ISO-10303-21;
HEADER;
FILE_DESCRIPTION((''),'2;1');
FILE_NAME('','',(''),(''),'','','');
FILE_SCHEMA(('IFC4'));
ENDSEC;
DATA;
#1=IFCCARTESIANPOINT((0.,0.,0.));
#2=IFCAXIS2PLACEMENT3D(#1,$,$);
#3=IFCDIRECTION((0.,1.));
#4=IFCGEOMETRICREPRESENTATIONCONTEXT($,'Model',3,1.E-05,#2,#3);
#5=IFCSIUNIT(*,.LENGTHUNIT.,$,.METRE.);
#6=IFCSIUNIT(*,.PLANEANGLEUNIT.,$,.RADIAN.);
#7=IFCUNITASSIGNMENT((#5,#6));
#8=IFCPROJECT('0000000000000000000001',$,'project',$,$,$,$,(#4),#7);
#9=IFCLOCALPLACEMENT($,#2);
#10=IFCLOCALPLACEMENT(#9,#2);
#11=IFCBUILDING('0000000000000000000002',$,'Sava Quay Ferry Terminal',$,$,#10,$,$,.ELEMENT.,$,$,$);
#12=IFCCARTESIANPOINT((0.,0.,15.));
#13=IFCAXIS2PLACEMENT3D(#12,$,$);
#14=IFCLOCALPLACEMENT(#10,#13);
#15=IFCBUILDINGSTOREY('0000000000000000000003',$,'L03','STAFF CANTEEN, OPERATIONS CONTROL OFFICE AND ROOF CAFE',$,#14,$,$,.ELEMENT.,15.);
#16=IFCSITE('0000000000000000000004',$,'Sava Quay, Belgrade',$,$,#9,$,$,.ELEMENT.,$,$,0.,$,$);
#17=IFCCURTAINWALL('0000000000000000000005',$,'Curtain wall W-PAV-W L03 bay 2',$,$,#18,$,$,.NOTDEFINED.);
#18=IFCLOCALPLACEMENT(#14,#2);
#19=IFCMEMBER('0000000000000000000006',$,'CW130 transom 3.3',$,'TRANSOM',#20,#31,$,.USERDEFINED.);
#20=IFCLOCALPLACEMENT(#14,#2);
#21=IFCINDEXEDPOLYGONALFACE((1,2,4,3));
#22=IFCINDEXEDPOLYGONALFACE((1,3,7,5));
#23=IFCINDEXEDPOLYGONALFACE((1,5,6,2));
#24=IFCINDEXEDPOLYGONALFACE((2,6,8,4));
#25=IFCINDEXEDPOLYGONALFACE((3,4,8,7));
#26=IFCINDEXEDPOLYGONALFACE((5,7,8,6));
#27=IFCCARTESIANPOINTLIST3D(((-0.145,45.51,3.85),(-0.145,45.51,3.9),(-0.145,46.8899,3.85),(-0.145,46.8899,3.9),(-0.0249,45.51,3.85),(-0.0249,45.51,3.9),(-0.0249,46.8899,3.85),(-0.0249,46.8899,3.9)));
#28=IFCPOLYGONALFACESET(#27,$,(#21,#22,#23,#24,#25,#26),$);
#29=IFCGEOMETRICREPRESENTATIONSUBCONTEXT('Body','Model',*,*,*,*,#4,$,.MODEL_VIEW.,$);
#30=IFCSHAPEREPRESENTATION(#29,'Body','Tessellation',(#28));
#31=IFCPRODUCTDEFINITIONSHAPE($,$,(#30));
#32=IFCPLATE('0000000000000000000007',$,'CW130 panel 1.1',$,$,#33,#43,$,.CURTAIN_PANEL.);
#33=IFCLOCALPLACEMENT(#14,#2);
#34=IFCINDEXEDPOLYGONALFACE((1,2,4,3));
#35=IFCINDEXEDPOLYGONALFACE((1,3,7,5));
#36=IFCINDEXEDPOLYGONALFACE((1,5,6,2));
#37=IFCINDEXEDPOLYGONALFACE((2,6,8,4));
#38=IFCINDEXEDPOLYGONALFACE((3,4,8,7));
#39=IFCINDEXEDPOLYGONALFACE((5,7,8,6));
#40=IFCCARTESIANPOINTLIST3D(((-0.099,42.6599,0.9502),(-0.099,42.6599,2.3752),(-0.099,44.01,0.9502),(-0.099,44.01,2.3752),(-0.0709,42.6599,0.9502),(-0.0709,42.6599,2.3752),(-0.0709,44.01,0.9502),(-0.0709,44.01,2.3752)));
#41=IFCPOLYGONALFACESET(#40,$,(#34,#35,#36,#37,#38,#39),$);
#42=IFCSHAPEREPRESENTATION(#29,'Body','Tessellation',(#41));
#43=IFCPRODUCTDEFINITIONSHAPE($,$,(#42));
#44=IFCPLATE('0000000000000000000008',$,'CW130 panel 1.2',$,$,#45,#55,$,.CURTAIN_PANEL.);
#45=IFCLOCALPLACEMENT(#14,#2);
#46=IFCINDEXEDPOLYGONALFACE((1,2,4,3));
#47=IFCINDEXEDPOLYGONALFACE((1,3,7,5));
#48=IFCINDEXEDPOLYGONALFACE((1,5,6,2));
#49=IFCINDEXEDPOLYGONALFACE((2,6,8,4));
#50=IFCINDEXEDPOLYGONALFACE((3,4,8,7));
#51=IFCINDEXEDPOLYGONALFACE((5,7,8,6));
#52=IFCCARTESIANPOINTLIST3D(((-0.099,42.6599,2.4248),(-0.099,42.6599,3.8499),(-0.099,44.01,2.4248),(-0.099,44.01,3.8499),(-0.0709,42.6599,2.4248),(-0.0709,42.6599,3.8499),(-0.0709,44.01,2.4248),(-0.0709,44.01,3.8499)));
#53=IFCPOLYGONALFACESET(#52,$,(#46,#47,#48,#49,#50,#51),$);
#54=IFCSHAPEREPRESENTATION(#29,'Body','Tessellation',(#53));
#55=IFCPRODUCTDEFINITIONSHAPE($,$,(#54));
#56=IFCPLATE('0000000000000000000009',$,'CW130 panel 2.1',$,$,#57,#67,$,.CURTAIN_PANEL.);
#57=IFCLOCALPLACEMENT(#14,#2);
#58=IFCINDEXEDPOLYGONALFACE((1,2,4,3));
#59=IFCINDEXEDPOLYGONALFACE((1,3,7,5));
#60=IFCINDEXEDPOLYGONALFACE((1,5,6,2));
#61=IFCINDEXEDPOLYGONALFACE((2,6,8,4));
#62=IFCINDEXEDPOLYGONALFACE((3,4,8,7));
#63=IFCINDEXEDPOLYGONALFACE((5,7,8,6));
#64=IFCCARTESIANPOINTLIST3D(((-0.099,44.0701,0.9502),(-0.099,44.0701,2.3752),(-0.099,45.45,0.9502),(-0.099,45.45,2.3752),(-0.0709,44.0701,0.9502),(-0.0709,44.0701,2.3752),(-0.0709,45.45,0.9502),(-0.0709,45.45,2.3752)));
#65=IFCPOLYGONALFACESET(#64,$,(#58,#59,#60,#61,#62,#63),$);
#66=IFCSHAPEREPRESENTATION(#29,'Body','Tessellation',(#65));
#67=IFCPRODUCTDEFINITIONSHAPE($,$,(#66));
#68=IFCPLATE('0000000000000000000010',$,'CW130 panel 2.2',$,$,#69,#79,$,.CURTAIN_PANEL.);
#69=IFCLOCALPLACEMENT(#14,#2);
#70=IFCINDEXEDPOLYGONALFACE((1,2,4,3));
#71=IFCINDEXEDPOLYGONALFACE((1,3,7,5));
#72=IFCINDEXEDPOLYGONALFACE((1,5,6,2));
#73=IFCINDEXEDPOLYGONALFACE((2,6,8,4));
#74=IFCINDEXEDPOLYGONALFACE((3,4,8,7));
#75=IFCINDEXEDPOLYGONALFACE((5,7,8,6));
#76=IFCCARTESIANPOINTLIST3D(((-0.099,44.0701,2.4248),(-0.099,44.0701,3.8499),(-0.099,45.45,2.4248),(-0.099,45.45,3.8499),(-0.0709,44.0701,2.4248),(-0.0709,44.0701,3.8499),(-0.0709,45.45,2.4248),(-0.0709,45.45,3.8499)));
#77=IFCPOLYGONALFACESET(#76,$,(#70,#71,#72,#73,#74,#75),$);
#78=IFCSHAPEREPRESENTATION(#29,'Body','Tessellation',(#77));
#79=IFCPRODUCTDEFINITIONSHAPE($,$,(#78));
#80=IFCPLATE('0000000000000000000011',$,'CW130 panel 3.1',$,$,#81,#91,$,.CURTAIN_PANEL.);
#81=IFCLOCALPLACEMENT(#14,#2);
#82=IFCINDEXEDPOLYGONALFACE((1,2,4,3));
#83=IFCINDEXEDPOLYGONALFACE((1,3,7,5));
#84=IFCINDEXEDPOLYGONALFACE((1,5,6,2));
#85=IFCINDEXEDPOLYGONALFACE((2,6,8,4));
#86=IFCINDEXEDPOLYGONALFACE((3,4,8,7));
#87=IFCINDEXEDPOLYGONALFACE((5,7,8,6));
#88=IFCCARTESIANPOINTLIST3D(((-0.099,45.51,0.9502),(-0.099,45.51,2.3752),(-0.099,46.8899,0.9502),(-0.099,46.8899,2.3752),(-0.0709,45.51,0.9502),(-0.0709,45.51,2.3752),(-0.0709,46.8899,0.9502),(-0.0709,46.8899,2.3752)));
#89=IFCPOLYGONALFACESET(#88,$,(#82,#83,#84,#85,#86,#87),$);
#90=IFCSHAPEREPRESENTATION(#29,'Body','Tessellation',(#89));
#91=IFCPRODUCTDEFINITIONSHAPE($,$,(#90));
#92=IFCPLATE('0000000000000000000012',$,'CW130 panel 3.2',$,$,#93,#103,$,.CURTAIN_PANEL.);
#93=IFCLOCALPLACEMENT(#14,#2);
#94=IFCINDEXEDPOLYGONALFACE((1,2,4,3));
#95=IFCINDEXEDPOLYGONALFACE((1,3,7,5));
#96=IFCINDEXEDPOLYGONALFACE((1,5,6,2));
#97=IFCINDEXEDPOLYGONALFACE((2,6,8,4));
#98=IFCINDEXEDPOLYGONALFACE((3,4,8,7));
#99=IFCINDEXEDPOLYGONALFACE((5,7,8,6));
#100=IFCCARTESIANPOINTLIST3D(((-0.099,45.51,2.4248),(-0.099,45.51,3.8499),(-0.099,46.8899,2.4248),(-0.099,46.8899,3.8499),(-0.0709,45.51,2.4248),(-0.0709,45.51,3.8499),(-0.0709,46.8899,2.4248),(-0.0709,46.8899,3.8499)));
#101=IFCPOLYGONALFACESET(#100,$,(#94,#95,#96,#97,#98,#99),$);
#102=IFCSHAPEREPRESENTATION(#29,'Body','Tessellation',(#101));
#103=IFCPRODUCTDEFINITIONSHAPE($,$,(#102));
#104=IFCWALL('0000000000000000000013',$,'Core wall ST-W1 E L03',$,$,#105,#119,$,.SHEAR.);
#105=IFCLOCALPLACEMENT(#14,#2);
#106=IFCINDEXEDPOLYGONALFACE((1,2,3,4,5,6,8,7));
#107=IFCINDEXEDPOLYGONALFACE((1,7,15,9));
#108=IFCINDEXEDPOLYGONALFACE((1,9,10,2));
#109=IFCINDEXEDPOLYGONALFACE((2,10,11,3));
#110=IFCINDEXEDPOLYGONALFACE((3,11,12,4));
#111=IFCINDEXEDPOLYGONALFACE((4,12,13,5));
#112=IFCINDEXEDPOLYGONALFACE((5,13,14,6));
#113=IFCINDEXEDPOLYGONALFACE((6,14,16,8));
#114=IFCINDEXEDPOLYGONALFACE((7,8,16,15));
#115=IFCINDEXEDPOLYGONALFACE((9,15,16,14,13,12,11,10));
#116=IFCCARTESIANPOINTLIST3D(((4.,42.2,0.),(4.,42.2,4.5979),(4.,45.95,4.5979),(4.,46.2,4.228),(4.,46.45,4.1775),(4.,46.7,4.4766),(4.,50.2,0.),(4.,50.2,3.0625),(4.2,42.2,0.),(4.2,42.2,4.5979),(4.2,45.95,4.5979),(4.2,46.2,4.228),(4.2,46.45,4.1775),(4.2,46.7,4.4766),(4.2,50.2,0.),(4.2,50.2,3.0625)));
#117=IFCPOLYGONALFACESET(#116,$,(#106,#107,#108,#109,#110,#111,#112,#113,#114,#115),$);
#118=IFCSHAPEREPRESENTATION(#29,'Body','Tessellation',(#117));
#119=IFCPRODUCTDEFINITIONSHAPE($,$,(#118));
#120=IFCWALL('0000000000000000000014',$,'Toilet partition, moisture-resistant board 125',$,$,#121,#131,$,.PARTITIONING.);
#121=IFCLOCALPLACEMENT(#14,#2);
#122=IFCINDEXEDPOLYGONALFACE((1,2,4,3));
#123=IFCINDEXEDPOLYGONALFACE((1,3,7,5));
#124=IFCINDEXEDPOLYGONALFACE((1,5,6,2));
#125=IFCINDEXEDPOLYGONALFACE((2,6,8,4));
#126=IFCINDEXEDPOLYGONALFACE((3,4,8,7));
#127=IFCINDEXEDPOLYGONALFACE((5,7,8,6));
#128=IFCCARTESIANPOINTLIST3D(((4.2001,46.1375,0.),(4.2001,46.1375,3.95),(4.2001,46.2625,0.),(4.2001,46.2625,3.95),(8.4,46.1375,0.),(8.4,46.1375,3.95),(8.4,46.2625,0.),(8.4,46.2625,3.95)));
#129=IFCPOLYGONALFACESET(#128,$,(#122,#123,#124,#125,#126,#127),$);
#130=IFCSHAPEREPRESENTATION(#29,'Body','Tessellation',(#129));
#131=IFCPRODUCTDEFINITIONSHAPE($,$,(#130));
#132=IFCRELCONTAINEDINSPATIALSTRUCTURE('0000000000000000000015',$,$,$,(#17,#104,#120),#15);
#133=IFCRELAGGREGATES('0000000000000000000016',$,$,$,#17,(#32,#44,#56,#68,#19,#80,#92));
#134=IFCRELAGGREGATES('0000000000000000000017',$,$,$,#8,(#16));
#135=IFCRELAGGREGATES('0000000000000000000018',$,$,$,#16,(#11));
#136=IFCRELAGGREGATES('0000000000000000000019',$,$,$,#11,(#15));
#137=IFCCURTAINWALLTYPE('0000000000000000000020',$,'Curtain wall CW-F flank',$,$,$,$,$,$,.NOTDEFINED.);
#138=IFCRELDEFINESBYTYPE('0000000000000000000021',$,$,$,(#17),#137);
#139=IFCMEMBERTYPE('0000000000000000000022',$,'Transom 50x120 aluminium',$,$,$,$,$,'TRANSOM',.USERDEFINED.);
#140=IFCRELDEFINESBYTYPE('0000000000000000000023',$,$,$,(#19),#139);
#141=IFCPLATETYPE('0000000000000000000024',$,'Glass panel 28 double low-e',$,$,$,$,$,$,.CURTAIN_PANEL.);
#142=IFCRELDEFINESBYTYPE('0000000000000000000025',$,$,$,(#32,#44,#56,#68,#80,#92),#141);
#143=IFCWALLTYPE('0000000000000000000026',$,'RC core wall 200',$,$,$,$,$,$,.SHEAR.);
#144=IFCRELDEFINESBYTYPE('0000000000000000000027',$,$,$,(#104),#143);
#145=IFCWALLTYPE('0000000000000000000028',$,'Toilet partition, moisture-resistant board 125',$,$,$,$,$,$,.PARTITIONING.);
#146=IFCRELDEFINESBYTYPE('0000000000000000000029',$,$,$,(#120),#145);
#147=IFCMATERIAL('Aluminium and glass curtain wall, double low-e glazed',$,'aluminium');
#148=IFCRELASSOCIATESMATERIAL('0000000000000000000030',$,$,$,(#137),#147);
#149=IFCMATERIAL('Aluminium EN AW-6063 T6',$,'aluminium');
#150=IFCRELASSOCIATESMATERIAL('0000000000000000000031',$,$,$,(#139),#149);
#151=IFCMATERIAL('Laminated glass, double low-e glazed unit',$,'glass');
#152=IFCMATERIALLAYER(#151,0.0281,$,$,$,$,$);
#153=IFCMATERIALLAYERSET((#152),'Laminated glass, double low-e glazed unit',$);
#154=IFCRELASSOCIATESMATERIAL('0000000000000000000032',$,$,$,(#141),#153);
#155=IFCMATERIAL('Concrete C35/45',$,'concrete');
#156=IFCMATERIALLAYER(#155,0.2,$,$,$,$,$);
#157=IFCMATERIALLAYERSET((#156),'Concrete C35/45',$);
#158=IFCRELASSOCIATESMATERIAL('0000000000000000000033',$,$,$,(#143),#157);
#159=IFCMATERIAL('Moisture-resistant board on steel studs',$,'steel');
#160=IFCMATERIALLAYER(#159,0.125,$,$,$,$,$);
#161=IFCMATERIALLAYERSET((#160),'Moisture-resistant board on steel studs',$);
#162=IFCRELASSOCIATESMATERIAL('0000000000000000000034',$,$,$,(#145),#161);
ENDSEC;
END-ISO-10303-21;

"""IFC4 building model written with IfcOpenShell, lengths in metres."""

from ifc_helpers import new_model, si_unit, direction, frame, frame_2d, origin, origin_2d, place, context, subcontext, project, spatial, polyline, rectangle, outline, extrude, material, layer, layer_set, material_profile, profile_set, type_object, element, aggregate, save


model = new_model("IFC4")

# Units and contexts
model_context = context("Model", 3, precision=1e-05, world=origin(), true_north=direction((0.0, 1.0)))
body_context = subcontext(model_context, "Body", "Model", "MODEL_VIEW")
ifc_project = project(units=[si_unit("LENGTHUNIT", "METRE"), si_unit("PLANEANGLEUNIT", "RADIAN")], contexts=[model_context])

# Site, building, storey
site_placement = place(None, origin())
site = spatial("IfcSite", under=ifc_project, at=site_placement, Name="Sava Quay, Belgrade", CompositionType="ELEMENT", RefElevation=0.0)
building_placement = place(site_placement, origin())
building = spatial("IfcBuilding", under=site, at=building_placement, Name="Sava Quay Ferry Terminal", CompositionType="ELEMENT")
storey_placement = place(building_placement, frame((0.0, 0.0, 15.0)))
storey = spatial("IfcBuildingStorey", under=building, at=storey_placement, Name="L03", Description="STAFF CANTEEN, OPERATIONS CONTROL OFFICE AND ROOF CAFE", CompositionType="ELEMENT", Elevation=15.0)

# Curtain wall
ifc_material_1 = material(Name="Aluminium and glass curtain wall, double low-e glazed", Category="aluminium")
curtain_wall_type = type_object("IfcCurtainWallType", Name="Curtain wall CW-F flank", PredefinedType="NOTDEFINED", material=ifc_material_1)
curtain_wall_placement = place(storey_placement, origin())
curtain_wall = element("IfcCurtainWall", 1, at=curtain_wall_placement, inside=storey, type_object=curtain_wall_type, Name="Curtain wall W-PAV-W L03 bay 2", PredefinedType="NOTDEFINED")

# Member
ifc_material_2 = material(Name="Aluminium EN AW-6063 T6", Category="aluminium")
ifc_material_profile_1 = material_profile(ifc_material_2, rectangle(XDim=0.1201, YDim=0.05, at=origin_2d()), Name="Transom 50x120 aluminium")
ifc_profile_set_1 = profile_set([ifc_material_profile_1], Name="Aluminium EN AW-6063 T6")
member_type_1 = type_object("IfcMemberType", Name="Transom 50x120 aluminium", ElementType="TRANSOM", PredefinedType="USERDEFINED", material=ifc_profile_set_1)
member_1_placement = place(storey_placement, frame((-0.085, 45.51, 3.875), z_axis=(0.0, 1.0, 0.0), x_axis=(-1.0, 0.0, 0.0)))
member_1 = element("IfcMember", 2, at=member_1_placement, type_object=member_type_1, Name="CW130 transom 3.3", ObjectType="TRANSOM", PredefinedType="USERDEFINED", context=body_context, shape_type="SweptSolid", body=[
    extrude(rectangle(XDim=0.1201, YDim=0.05, at=origin_2d()), origin(), (0.0, 0.0, 1.0), 1.3799),
])

# Plates
ifc_material_3 = material(Name="Laminated glass, double low-e glazed unit", Category="glass")
ifc_layer_1 = layer(ifc_material_3, 0.0281)
ifc_layer_set_1 = layer_set([ifc_layer_1], Name="Laminated glass, double low-e glazed unit")
plate_type = type_object("IfcPlateType", Name="Glass panel 28 double low-e", PredefinedType="CURTAIN_PANEL", material=ifc_layer_set_1)
plate_1_placement = place(storey_placement, frame((-0.085, 43.335, 0.9502), z_axis=(0.0, 0.0, 1.0), x_axis=(0.0, 1.0, 0.0)))
plate_1 = element("IfcPlate", 3, at=plate_1_placement, type_object=plate_type, Name="CW130 panel 1.1", PredefinedType="CURTAIN_PANEL", context=body_context, shape_type="SweptSolid", body=[
    extrude(rectangle(XDim=1.3501, YDim=0.0281, at=origin_2d()), origin(), (0.0, 0.0, 1.0), 1.425),
])
plate_2_placement = place(storey_placement, frame((-0.085, 43.335, 2.4248), z_axis=(0.0, 0.0, 1.0), x_axis=(0.0, 1.0, 0.0)))
plate_2 = element("IfcPlate", 4, at=plate_2_placement, type_object=plate_type, Name="CW130 panel 1.2", PredefinedType="CURTAIN_PANEL", context=body_context, shape_type="SweptSolid", body=[
    extrude(rectangle(XDim=1.3501, YDim=0.0281, at=origin_2d()), origin(), (0.0, 0.0, 1.0), 1.425),
])
plate_3_placement = place(storey_placement, frame((-0.085, 44.76, 0.9502), z_axis=(0.0, 0.0, 1.0), x_axis=(0.0, 1.0, 0.0)))
plate_3 = element("IfcPlate", 5, at=plate_3_placement, type_object=plate_type, Name="CW130 panel 2.1", PredefinedType="CURTAIN_PANEL", context=body_context, shape_type="SweptSolid", body=[
    extrude(rectangle(XDim=1.3799, YDim=0.0281, at=origin_2d()), origin(), (0.0, 0.0, 1.0), 1.425),
])
plate_4_placement = place(storey_placement, frame((-0.085, 44.76, 2.4248), z_axis=(0.0, 0.0, 1.0), x_axis=(0.0, 1.0, 0.0)))
plate_4 = element("IfcPlate", 6, at=plate_4_placement, type_object=plate_type, Name="CW130 panel 2.2", PredefinedType="CURTAIN_PANEL", context=body_context, shape_type="SweptSolid", body=[
    extrude(rectangle(XDim=1.3799, YDim=0.0281, at=origin_2d()), origin(), (0.0, 0.0, 1.0), 1.425),
])
plate_5_placement = place(storey_placement, frame((-0.085, 46.2, 0.9502), z_axis=(0.0, 0.0, 1.0), x_axis=(0.0, 1.0, 0.0)))
plate_5 = element("IfcPlate", 7, at=plate_5_placement, type_object=plate_type, Name="CW130 panel 3.1", PredefinedType="CURTAIN_PANEL", context=body_context, shape_type="SweptSolid", body=[
    extrude(rectangle(XDim=1.3799, YDim=0.0281, at=origin_2d()), origin(), (0.0, 0.0, 1.0), 1.425),
])
plate_6_placement = place(storey_placement, frame((-0.085, 46.2, 2.4248), z_axis=(0.0, 0.0, 1.0), x_axis=(0.0, 1.0, 0.0)))
plate_6 = element("IfcPlate", 8, at=plate_6_placement, type_object=plate_type, Name="CW130 panel 3.2", PredefinedType="CURTAIN_PANEL", context=body_context, shape_type="SweptSolid", body=[
    extrude(rectangle(XDim=1.3799, YDim=0.0281, at=origin_2d()), origin(), (0.0, 0.0, 1.0), 1.425),
])
aggregate(curtain_wall, [plate_1, plate_2, plate_3, plate_4, member_1, plate_5, plate_6])

# Walls
ifc_material_4 = material(Name="Concrete C35/45", Category="concrete")
ifc_layer_2 = layer(ifc_material_4, 0.2)
ifc_layer_set_2 = layer_set([ifc_layer_2], Name="Concrete C35/45")
wall_type_1 = type_object("IfcWallType", Name="RC core wall 200", PredefinedType="SHEAR", material=ifc_layer_set_2)
wall_1_placement = place(storey_placement, frame((4.1001, 42.2, 0.0), z_axis=(0.0, 0.0, 1.0), x_axis=(0.0, 1.0, 0.0)))
element("IfcWall", 9, at=wall_1_placement, inside=storey, type_object=wall_type_1, Name="Core wall ST-W1 E L03", PredefinedType="SHEAR", context=body_context, shape_type="SweptSolid", body=[
    extrude(outline(polyline([(0.0, 0.0), (8.0, 0.0), (8.0, 3.0625), (4.5, 4.4766), (4.25, 4.1775), (4.0, 4.228), (3.75, 4.5979), (0.0, 4.5979), (0.0, 0.0)])), frame((0.0, 0.1001, 0.0), z_axis=(0.0, -1.0, 0.0), x_axis=(1.0, 0.0, 0.0)), (0.0, 0.0, 1.0), 0.2),
])
ifc_material_5 = material(Name="Moisture-resistant board on steel studs", Category="steel")
ifc_layer_3 = layer(ifc_material_5, 0.125)
ifc_layer_set_3 = layer_set([ifc_layer_3], Name="Moisture-resistant board on steel studs")
wall_type_2 = type_object("IfcWallType", Name="Toilet partition, moisture-resistant board 125", PredefinedType="PARTITIONING", material=ifc_layer_set_3)
wall_2_placement = place(storey_placement, frame((4.2, 46.2, 0.0), z_axis=(0.0, 0.0, 1.0), x_axis=(1.0, 0.0, 0.0)))
element("IfcWall", 10, at=wall_2_placement, inside=storey, type_object=wall_type_2, Name="Toilet partition, moisture-resistant board 125", PredefinedType="PARTITIONING", context=body_context, shape_type="SweptSolid", body=[
    extrude(rectangle(XDim=4.2, YDim=0.125, at=frame_2d((2.1001, 0.0))), origin(), (0.0, 0.0, 1.0), 3.95),
])

save(model, "model.ifc")
